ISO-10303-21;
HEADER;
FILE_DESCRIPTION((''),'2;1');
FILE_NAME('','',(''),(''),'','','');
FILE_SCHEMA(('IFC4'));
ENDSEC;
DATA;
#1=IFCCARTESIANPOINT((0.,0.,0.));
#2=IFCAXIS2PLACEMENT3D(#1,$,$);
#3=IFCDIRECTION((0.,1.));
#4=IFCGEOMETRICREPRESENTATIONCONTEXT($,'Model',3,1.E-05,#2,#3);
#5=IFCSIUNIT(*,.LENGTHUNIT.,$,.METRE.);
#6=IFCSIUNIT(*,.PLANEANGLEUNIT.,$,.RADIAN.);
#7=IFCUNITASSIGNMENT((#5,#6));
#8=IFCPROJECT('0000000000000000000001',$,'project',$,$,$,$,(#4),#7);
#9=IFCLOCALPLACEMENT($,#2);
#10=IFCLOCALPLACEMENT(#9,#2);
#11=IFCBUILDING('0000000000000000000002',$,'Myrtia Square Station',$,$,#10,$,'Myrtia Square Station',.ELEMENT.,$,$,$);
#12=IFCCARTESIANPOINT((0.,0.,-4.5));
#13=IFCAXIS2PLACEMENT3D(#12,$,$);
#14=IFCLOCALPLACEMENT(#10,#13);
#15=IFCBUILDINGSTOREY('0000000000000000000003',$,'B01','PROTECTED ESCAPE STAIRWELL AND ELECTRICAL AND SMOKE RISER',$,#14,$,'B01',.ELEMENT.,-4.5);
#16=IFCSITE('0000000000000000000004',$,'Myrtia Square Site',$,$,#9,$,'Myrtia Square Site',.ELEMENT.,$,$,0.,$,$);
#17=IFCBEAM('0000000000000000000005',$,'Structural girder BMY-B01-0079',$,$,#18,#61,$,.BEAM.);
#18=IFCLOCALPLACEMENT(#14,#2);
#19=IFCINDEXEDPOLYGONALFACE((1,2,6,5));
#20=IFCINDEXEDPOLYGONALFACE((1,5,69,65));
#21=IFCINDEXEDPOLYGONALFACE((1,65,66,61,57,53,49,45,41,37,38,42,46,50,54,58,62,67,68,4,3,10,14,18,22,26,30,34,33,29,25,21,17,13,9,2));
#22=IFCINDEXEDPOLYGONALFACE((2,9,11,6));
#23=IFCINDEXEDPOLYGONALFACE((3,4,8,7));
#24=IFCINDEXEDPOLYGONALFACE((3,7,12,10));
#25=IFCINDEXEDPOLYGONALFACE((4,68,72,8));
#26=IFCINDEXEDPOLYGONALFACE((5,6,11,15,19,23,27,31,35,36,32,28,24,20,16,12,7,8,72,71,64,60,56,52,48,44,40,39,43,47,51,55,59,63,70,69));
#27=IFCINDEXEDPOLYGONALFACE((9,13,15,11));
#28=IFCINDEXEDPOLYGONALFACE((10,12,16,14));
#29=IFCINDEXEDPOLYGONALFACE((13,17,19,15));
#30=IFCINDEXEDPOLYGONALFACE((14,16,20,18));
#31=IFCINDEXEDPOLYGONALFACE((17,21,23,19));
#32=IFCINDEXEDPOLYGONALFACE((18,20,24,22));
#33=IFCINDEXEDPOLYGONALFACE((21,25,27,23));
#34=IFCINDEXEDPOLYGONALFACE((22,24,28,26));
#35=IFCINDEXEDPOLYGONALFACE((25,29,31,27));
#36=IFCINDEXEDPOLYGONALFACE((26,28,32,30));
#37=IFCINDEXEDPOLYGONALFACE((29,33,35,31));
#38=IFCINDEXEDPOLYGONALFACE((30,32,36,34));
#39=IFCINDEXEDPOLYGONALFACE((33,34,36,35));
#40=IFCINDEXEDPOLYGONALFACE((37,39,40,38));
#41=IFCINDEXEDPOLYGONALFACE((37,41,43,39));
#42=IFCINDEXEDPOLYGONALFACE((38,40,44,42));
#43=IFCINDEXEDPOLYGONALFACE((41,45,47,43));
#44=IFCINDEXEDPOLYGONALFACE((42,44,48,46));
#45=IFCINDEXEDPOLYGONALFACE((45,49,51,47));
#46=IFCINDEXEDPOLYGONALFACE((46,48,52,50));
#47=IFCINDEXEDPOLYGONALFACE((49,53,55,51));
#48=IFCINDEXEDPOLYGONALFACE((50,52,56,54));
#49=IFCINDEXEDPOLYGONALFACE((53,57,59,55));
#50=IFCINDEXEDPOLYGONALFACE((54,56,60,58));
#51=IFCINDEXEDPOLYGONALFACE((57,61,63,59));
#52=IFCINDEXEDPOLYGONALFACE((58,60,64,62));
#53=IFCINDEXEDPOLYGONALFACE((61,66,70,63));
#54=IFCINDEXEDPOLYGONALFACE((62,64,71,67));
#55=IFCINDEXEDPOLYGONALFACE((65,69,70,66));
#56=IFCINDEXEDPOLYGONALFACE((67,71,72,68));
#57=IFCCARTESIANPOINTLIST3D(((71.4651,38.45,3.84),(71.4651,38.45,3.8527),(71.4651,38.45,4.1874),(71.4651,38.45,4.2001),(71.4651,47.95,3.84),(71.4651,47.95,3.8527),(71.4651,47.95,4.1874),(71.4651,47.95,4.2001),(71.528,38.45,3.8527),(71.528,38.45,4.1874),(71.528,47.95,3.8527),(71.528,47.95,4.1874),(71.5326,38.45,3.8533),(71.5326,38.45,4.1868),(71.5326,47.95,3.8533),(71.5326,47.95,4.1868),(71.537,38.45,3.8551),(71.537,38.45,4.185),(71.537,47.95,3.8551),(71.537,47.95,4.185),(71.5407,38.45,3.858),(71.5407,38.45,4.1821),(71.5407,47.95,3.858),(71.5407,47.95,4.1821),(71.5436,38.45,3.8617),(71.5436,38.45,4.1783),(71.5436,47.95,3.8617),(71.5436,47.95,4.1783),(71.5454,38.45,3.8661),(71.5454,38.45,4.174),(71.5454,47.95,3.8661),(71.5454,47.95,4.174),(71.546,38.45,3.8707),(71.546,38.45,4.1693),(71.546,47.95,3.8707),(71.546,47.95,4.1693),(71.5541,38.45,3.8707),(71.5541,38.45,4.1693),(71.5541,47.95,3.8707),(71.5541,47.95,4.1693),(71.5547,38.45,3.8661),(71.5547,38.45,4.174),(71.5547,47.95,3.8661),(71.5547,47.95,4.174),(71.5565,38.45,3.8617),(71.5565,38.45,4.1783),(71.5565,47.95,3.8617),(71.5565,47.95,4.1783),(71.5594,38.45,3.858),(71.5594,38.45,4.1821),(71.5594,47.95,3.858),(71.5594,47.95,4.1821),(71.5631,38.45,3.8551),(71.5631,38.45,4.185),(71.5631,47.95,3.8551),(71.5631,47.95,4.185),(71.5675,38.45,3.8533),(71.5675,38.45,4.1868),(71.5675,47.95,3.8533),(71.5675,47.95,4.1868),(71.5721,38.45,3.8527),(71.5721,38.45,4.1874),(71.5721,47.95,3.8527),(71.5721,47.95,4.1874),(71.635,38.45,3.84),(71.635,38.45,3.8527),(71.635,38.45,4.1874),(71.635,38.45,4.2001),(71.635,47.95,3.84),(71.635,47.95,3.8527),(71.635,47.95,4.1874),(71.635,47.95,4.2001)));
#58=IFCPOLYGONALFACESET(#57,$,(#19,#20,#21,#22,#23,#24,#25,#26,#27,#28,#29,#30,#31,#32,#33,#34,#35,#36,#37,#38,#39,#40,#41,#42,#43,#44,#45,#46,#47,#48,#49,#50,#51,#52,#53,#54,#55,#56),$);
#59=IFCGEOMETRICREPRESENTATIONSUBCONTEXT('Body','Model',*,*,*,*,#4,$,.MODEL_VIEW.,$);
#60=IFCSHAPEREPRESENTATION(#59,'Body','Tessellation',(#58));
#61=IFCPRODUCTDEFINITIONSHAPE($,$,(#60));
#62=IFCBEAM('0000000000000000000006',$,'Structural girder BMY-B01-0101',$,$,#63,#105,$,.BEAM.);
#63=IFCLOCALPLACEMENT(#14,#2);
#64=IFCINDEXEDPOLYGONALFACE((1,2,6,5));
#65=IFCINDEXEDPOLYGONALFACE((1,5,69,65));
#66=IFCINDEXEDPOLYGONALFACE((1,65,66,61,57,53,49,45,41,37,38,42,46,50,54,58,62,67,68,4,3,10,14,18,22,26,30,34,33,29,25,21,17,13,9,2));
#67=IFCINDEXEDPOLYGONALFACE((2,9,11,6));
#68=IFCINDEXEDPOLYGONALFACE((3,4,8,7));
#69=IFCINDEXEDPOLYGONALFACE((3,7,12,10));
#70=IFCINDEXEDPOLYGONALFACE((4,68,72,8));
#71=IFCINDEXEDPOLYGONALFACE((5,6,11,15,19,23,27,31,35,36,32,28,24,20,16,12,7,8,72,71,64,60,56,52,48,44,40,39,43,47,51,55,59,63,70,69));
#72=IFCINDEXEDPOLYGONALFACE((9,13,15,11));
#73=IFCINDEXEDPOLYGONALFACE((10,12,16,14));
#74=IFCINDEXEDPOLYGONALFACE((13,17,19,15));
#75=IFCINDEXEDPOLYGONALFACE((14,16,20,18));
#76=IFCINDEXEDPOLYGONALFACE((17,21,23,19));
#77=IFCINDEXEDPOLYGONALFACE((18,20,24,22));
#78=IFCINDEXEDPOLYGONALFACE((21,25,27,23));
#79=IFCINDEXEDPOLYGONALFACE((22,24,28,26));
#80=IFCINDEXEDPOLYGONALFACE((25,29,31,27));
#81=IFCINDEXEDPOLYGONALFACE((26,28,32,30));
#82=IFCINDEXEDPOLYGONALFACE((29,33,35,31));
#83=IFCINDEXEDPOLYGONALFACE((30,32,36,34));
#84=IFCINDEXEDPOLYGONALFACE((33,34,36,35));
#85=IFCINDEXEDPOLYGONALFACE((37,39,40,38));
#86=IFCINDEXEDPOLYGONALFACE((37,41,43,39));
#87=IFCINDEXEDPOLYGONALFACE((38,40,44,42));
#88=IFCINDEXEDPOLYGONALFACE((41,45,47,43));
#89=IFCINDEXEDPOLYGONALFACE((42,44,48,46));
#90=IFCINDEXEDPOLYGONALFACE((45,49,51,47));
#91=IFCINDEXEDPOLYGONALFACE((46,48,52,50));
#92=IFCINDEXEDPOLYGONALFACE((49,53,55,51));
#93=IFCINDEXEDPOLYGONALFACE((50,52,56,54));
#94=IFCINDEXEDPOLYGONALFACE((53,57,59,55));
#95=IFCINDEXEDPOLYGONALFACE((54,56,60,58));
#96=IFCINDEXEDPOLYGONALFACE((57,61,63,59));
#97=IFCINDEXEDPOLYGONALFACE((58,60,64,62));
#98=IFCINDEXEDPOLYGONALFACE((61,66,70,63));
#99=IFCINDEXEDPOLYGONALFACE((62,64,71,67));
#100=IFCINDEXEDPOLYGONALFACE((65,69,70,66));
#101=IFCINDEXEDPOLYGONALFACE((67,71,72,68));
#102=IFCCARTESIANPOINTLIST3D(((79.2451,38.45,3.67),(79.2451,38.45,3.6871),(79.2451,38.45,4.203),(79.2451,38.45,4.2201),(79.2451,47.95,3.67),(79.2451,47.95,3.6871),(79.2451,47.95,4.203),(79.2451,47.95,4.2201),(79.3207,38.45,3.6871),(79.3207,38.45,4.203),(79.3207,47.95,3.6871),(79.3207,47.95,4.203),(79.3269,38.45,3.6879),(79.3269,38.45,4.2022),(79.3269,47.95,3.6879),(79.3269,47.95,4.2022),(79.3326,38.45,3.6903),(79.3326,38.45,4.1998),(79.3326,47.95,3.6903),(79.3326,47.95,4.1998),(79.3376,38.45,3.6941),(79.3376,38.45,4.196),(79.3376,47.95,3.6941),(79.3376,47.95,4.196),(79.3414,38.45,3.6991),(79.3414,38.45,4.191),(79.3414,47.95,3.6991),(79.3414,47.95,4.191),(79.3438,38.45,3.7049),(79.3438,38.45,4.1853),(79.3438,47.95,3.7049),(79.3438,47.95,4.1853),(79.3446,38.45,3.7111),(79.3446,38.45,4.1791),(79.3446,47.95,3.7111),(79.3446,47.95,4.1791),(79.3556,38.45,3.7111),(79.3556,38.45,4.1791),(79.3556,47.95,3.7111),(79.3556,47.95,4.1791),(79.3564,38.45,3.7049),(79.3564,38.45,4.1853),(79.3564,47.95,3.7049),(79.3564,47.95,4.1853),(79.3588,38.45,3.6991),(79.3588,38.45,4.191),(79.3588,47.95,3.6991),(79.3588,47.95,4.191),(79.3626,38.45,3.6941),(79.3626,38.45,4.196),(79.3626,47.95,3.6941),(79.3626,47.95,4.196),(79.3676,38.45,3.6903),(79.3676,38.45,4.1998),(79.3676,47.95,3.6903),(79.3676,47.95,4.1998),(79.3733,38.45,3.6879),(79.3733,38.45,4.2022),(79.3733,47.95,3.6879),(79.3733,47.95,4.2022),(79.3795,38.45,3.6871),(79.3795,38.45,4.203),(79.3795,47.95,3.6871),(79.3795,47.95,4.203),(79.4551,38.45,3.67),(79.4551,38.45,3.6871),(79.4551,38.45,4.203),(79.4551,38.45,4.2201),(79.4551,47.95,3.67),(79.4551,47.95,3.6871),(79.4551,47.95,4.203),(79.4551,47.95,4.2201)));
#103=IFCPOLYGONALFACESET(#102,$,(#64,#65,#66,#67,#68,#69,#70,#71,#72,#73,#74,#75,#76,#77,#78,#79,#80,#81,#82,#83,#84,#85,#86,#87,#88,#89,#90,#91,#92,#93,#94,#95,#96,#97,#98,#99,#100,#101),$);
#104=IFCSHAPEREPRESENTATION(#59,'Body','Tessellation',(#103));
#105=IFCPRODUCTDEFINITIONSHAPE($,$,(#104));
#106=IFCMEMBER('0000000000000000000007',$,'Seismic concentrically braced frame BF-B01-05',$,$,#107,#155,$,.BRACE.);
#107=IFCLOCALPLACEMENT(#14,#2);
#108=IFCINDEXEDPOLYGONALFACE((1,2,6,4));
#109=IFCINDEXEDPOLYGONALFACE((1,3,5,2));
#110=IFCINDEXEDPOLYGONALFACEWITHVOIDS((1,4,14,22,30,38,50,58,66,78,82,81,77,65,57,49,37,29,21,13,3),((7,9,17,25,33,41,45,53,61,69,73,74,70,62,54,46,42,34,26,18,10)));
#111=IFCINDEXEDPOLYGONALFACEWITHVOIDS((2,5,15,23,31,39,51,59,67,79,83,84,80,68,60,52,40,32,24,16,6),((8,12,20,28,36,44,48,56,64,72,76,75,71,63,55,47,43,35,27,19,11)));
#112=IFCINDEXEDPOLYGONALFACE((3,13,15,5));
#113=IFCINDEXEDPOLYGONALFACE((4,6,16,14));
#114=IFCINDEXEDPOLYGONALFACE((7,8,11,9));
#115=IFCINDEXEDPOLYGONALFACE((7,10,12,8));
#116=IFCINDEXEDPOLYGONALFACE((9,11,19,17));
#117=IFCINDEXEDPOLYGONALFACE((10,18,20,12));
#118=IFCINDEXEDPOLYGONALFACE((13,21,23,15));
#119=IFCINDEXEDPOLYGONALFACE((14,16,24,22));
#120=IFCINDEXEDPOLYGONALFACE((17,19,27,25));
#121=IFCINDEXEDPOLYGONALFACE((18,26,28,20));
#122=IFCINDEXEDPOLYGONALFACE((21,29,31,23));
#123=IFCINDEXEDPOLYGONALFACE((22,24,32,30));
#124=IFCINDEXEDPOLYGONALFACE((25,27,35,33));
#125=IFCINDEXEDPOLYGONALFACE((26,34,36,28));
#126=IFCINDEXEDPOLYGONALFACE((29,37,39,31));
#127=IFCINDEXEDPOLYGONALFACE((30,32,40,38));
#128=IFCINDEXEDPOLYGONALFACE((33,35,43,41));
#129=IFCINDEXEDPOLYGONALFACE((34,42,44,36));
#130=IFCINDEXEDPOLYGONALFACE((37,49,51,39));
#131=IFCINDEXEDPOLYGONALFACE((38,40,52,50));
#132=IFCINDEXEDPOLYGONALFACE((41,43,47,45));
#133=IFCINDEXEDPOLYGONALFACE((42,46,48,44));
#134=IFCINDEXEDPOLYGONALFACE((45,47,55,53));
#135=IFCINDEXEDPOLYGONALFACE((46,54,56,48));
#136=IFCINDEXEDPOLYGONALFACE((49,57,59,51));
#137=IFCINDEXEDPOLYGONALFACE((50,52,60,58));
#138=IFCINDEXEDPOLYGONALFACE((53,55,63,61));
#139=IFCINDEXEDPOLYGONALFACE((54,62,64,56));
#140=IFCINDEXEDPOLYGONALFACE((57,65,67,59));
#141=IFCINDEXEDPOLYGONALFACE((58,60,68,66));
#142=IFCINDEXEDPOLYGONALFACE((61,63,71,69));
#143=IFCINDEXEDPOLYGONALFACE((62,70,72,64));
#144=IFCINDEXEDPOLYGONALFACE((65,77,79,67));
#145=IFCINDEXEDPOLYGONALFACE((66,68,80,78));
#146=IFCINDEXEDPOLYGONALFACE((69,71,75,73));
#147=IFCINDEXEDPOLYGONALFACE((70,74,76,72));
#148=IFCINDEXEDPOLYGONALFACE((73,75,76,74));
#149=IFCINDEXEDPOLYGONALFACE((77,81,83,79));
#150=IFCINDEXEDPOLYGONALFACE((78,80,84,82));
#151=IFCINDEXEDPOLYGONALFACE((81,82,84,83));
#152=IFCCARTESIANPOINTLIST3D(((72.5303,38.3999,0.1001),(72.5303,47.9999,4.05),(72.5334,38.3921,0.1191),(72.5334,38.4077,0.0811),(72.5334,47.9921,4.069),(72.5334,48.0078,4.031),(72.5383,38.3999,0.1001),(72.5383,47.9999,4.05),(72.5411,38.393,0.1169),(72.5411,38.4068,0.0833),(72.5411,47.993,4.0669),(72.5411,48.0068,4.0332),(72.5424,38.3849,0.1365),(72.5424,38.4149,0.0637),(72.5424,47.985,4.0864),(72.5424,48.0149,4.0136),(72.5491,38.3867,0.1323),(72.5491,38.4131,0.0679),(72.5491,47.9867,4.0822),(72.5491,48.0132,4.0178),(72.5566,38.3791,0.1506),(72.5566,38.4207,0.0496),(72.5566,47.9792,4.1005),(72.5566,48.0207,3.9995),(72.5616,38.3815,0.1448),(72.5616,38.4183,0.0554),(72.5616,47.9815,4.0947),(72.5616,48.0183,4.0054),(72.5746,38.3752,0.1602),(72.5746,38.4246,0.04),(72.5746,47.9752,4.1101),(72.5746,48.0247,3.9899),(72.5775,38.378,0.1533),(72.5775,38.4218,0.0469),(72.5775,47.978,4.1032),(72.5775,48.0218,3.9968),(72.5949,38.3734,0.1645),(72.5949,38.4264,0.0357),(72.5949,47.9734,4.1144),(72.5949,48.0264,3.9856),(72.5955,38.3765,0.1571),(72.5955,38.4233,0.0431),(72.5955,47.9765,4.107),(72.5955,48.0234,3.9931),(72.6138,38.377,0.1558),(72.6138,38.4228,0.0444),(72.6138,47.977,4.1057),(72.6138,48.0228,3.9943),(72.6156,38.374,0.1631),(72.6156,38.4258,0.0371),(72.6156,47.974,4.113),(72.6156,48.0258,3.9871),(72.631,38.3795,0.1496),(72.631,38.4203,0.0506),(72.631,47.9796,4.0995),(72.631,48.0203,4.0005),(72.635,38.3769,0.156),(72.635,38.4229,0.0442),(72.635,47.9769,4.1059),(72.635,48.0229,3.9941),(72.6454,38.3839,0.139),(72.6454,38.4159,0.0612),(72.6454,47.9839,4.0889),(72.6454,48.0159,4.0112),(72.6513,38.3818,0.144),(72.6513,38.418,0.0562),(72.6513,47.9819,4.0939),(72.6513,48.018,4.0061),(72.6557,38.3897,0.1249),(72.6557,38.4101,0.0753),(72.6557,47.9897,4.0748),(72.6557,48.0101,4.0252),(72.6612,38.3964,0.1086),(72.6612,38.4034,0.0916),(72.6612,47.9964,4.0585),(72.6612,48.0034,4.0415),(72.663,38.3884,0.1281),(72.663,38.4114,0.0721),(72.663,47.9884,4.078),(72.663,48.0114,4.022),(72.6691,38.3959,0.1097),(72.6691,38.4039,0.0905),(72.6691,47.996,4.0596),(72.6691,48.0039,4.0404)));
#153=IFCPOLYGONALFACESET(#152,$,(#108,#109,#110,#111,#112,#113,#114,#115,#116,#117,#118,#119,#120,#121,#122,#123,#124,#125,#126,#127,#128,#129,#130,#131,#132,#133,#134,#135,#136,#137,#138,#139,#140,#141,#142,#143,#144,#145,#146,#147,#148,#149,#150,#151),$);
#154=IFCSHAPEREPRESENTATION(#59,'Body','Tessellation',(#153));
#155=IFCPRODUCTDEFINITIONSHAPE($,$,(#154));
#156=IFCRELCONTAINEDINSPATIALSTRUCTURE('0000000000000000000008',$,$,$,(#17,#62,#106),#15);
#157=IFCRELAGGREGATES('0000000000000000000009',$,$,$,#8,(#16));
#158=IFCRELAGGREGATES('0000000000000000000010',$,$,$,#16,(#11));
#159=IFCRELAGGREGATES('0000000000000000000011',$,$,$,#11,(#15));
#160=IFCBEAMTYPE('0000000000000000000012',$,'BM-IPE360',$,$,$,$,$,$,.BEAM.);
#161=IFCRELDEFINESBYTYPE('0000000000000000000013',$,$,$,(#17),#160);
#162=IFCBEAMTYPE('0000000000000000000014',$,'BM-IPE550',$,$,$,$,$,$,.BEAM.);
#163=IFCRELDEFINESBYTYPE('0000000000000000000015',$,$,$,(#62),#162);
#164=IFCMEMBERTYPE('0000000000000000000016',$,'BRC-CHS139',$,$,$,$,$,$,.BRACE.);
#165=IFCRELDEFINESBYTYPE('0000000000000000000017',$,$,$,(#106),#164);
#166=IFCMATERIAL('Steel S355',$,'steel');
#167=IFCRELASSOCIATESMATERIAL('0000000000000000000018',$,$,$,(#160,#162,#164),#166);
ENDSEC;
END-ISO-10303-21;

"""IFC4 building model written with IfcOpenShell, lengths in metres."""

from ifc_helpers import new_model, si_unit, direction, frame, origin, origin_2d, place, context, subcontext, project, spatial, hollow_circle, i_section, extrude, material, material_profile, profile_set, type_object, element, save


model = new_model("IFC4")

# Units and contexts
model_context = context("Model", 3, precision=1e-05, world=origin(), true_north=direction((0.0, 1.0)))
body_context = subcontext(model_context, "Body", "Model", "MODEL_VIEW")
ifc_project = project(units=[si_unit("LENGTHUNIT", "METRE"), si_unit("PLANEANGLEUNIT", "RADIAN")], contexts=[model_context])

# Site, building, storey
site_placement = place(None, origin())
site = spatial("IfcSite", under=ifc_project, at=site_placement, Name="Myrtia Square Site", LongName="Myrtia Square Site", CompositionType="ELEMENT", RefElevation=0.0)
building_placement = place(site_placement, origin())
building = spatial("IfcBuilding", under=site, at=building_placement, Name="Myrtia Square Station", LongName="Myrtia Square Station", CompositionType="ELEMENT")
storey_placement = place(building_placement, frame((0.0, 0.0, -4.5)))
storey = spatial("IfcBuildingStorey", under=building, at=storey_placement, Name="B01", Description="PROTECTED ESCAPE STAIRWELL AND ELECTRICAL AND SMOKE RISER", LongName="B01", CompositionType="ELEMENT", Elevation=-4.5)

# Shared definitions
ifc_material_1 = material(Name="Steel S355", Category="steel")

# Beams
ifc_material_profile_1 = material_profile(ifc_material_1, i_section(OverallWidth=0.1699, OverallDepth=0.3601, WebThickness=0.0081, FlangeThickness=0.0127, FilletRadius=0.0181, at=origin_2d()), Name="IPE 360")
ifc_profile_set_1 = profile_set([ifc_material_profile_1], Name="Steel S355")
beam_type_1 = type_object("IfcBeamType", Name="BM-IPE360", PredefinedType="BEAM", material=ifc_profile_set_1)
beam_1_placement = place(storey_placement, frame((71.55, 38.45, 4.02), z_axis=(0.0, 1.0, 0.0), x_axis=(-1.0, 0.0, 0.0)))
element("IfcBeam", 1, at=beam_1_placement, inside=storey, type_object=beam_type_1, Name="Structural girder BMY-B01-0079", PredefinedType="BEAM", context=body_context, shape_type="SweptSolid", body=[
    extrude(i_section(OverallWidth=0.1699, OverallDepth=0.3601, WebThickness=0.0081, FlangeThickness=0.0127, FilletRadius=0.0181, at=origin_2d()), origin(), (0.0, 0.0, 1.0), 9.5),
])
ifc_material_profile_2 = material_profile(ifc_material_1, i_section(OverallWidth=0.21, OverallDepth=0.55, WebThickness=0.011, FlangeThickness=0.0171, FilletRadius=0.0239, at=origin_2d()), Name="IPE 550")
ifc_profile_set_2 = profile_set([ifc_material_profile_2], Name="Steel S355")
beam_type_2 = type_object("IfcBeamType", Name="BM-IPE550", PredefinedType="BEAM", material=ifc_profile_set_2)
beam_2_placement = place(storey_placement, frame((79.3501, 38.45, 3.9451), z_axis=(0.0, 1.0, 0.0), x_axis=(-1.0, 0.0, 0.0)))
element("IfcBeam", 2, at=beam_2_placement, inside=storey, type_object=beam_type_2, Name="Structural girder BMY-B01-0101", PredefinedType="BEAM", context=body_context, shape_type="SweptSolid", body=[
    extrude(i_section(OverallWidth=0.21, OverallDepth=0.55, WebThickness=0.011, FlangeThickness=0.0171, FilletRadius=0.0239, at=origin_2d()), origin(), (0.0, 0.0, 1.0), 9.5),
])

# Member
ifc_material_profile_3 = material_profile(ifc_material_1, hollow_circle(Radius=0.0698, WallThickness=0.0081, at=origin_2d()), Name="CHS 139.7x8")
ifc_profile_set_3 = profile_set([ifc_material_profile_3], Name="Steel S355")
member_type = type_object("IfcMemberType", Name="BRC-CHS139", PredefinedType="BRACE", material=ifc_profile_set_3)
member_placement = place(storey_placement, frame((72.6001, 38.3999, 0.1001), z_axis=(0.0, 0.924781, 0.3805), x_axis=(-1.0, 0.0, 0.0)))
element("IfcMember", 3, at=member_placement, inside=storey, type_object=member_type, Name="Seismic concentrically braced frame BF-B01-05", PredefinedType="BRACE", context=body_context, shape_type="SweptSolid", body=[
    extrude(hollow_circle(Radius=0.0698, WallThickness=0.0081, at=origin_2d()), origin(), (0.0, 0.0, 1.0), 10.3809),
])

save(model, "model.ifc")
